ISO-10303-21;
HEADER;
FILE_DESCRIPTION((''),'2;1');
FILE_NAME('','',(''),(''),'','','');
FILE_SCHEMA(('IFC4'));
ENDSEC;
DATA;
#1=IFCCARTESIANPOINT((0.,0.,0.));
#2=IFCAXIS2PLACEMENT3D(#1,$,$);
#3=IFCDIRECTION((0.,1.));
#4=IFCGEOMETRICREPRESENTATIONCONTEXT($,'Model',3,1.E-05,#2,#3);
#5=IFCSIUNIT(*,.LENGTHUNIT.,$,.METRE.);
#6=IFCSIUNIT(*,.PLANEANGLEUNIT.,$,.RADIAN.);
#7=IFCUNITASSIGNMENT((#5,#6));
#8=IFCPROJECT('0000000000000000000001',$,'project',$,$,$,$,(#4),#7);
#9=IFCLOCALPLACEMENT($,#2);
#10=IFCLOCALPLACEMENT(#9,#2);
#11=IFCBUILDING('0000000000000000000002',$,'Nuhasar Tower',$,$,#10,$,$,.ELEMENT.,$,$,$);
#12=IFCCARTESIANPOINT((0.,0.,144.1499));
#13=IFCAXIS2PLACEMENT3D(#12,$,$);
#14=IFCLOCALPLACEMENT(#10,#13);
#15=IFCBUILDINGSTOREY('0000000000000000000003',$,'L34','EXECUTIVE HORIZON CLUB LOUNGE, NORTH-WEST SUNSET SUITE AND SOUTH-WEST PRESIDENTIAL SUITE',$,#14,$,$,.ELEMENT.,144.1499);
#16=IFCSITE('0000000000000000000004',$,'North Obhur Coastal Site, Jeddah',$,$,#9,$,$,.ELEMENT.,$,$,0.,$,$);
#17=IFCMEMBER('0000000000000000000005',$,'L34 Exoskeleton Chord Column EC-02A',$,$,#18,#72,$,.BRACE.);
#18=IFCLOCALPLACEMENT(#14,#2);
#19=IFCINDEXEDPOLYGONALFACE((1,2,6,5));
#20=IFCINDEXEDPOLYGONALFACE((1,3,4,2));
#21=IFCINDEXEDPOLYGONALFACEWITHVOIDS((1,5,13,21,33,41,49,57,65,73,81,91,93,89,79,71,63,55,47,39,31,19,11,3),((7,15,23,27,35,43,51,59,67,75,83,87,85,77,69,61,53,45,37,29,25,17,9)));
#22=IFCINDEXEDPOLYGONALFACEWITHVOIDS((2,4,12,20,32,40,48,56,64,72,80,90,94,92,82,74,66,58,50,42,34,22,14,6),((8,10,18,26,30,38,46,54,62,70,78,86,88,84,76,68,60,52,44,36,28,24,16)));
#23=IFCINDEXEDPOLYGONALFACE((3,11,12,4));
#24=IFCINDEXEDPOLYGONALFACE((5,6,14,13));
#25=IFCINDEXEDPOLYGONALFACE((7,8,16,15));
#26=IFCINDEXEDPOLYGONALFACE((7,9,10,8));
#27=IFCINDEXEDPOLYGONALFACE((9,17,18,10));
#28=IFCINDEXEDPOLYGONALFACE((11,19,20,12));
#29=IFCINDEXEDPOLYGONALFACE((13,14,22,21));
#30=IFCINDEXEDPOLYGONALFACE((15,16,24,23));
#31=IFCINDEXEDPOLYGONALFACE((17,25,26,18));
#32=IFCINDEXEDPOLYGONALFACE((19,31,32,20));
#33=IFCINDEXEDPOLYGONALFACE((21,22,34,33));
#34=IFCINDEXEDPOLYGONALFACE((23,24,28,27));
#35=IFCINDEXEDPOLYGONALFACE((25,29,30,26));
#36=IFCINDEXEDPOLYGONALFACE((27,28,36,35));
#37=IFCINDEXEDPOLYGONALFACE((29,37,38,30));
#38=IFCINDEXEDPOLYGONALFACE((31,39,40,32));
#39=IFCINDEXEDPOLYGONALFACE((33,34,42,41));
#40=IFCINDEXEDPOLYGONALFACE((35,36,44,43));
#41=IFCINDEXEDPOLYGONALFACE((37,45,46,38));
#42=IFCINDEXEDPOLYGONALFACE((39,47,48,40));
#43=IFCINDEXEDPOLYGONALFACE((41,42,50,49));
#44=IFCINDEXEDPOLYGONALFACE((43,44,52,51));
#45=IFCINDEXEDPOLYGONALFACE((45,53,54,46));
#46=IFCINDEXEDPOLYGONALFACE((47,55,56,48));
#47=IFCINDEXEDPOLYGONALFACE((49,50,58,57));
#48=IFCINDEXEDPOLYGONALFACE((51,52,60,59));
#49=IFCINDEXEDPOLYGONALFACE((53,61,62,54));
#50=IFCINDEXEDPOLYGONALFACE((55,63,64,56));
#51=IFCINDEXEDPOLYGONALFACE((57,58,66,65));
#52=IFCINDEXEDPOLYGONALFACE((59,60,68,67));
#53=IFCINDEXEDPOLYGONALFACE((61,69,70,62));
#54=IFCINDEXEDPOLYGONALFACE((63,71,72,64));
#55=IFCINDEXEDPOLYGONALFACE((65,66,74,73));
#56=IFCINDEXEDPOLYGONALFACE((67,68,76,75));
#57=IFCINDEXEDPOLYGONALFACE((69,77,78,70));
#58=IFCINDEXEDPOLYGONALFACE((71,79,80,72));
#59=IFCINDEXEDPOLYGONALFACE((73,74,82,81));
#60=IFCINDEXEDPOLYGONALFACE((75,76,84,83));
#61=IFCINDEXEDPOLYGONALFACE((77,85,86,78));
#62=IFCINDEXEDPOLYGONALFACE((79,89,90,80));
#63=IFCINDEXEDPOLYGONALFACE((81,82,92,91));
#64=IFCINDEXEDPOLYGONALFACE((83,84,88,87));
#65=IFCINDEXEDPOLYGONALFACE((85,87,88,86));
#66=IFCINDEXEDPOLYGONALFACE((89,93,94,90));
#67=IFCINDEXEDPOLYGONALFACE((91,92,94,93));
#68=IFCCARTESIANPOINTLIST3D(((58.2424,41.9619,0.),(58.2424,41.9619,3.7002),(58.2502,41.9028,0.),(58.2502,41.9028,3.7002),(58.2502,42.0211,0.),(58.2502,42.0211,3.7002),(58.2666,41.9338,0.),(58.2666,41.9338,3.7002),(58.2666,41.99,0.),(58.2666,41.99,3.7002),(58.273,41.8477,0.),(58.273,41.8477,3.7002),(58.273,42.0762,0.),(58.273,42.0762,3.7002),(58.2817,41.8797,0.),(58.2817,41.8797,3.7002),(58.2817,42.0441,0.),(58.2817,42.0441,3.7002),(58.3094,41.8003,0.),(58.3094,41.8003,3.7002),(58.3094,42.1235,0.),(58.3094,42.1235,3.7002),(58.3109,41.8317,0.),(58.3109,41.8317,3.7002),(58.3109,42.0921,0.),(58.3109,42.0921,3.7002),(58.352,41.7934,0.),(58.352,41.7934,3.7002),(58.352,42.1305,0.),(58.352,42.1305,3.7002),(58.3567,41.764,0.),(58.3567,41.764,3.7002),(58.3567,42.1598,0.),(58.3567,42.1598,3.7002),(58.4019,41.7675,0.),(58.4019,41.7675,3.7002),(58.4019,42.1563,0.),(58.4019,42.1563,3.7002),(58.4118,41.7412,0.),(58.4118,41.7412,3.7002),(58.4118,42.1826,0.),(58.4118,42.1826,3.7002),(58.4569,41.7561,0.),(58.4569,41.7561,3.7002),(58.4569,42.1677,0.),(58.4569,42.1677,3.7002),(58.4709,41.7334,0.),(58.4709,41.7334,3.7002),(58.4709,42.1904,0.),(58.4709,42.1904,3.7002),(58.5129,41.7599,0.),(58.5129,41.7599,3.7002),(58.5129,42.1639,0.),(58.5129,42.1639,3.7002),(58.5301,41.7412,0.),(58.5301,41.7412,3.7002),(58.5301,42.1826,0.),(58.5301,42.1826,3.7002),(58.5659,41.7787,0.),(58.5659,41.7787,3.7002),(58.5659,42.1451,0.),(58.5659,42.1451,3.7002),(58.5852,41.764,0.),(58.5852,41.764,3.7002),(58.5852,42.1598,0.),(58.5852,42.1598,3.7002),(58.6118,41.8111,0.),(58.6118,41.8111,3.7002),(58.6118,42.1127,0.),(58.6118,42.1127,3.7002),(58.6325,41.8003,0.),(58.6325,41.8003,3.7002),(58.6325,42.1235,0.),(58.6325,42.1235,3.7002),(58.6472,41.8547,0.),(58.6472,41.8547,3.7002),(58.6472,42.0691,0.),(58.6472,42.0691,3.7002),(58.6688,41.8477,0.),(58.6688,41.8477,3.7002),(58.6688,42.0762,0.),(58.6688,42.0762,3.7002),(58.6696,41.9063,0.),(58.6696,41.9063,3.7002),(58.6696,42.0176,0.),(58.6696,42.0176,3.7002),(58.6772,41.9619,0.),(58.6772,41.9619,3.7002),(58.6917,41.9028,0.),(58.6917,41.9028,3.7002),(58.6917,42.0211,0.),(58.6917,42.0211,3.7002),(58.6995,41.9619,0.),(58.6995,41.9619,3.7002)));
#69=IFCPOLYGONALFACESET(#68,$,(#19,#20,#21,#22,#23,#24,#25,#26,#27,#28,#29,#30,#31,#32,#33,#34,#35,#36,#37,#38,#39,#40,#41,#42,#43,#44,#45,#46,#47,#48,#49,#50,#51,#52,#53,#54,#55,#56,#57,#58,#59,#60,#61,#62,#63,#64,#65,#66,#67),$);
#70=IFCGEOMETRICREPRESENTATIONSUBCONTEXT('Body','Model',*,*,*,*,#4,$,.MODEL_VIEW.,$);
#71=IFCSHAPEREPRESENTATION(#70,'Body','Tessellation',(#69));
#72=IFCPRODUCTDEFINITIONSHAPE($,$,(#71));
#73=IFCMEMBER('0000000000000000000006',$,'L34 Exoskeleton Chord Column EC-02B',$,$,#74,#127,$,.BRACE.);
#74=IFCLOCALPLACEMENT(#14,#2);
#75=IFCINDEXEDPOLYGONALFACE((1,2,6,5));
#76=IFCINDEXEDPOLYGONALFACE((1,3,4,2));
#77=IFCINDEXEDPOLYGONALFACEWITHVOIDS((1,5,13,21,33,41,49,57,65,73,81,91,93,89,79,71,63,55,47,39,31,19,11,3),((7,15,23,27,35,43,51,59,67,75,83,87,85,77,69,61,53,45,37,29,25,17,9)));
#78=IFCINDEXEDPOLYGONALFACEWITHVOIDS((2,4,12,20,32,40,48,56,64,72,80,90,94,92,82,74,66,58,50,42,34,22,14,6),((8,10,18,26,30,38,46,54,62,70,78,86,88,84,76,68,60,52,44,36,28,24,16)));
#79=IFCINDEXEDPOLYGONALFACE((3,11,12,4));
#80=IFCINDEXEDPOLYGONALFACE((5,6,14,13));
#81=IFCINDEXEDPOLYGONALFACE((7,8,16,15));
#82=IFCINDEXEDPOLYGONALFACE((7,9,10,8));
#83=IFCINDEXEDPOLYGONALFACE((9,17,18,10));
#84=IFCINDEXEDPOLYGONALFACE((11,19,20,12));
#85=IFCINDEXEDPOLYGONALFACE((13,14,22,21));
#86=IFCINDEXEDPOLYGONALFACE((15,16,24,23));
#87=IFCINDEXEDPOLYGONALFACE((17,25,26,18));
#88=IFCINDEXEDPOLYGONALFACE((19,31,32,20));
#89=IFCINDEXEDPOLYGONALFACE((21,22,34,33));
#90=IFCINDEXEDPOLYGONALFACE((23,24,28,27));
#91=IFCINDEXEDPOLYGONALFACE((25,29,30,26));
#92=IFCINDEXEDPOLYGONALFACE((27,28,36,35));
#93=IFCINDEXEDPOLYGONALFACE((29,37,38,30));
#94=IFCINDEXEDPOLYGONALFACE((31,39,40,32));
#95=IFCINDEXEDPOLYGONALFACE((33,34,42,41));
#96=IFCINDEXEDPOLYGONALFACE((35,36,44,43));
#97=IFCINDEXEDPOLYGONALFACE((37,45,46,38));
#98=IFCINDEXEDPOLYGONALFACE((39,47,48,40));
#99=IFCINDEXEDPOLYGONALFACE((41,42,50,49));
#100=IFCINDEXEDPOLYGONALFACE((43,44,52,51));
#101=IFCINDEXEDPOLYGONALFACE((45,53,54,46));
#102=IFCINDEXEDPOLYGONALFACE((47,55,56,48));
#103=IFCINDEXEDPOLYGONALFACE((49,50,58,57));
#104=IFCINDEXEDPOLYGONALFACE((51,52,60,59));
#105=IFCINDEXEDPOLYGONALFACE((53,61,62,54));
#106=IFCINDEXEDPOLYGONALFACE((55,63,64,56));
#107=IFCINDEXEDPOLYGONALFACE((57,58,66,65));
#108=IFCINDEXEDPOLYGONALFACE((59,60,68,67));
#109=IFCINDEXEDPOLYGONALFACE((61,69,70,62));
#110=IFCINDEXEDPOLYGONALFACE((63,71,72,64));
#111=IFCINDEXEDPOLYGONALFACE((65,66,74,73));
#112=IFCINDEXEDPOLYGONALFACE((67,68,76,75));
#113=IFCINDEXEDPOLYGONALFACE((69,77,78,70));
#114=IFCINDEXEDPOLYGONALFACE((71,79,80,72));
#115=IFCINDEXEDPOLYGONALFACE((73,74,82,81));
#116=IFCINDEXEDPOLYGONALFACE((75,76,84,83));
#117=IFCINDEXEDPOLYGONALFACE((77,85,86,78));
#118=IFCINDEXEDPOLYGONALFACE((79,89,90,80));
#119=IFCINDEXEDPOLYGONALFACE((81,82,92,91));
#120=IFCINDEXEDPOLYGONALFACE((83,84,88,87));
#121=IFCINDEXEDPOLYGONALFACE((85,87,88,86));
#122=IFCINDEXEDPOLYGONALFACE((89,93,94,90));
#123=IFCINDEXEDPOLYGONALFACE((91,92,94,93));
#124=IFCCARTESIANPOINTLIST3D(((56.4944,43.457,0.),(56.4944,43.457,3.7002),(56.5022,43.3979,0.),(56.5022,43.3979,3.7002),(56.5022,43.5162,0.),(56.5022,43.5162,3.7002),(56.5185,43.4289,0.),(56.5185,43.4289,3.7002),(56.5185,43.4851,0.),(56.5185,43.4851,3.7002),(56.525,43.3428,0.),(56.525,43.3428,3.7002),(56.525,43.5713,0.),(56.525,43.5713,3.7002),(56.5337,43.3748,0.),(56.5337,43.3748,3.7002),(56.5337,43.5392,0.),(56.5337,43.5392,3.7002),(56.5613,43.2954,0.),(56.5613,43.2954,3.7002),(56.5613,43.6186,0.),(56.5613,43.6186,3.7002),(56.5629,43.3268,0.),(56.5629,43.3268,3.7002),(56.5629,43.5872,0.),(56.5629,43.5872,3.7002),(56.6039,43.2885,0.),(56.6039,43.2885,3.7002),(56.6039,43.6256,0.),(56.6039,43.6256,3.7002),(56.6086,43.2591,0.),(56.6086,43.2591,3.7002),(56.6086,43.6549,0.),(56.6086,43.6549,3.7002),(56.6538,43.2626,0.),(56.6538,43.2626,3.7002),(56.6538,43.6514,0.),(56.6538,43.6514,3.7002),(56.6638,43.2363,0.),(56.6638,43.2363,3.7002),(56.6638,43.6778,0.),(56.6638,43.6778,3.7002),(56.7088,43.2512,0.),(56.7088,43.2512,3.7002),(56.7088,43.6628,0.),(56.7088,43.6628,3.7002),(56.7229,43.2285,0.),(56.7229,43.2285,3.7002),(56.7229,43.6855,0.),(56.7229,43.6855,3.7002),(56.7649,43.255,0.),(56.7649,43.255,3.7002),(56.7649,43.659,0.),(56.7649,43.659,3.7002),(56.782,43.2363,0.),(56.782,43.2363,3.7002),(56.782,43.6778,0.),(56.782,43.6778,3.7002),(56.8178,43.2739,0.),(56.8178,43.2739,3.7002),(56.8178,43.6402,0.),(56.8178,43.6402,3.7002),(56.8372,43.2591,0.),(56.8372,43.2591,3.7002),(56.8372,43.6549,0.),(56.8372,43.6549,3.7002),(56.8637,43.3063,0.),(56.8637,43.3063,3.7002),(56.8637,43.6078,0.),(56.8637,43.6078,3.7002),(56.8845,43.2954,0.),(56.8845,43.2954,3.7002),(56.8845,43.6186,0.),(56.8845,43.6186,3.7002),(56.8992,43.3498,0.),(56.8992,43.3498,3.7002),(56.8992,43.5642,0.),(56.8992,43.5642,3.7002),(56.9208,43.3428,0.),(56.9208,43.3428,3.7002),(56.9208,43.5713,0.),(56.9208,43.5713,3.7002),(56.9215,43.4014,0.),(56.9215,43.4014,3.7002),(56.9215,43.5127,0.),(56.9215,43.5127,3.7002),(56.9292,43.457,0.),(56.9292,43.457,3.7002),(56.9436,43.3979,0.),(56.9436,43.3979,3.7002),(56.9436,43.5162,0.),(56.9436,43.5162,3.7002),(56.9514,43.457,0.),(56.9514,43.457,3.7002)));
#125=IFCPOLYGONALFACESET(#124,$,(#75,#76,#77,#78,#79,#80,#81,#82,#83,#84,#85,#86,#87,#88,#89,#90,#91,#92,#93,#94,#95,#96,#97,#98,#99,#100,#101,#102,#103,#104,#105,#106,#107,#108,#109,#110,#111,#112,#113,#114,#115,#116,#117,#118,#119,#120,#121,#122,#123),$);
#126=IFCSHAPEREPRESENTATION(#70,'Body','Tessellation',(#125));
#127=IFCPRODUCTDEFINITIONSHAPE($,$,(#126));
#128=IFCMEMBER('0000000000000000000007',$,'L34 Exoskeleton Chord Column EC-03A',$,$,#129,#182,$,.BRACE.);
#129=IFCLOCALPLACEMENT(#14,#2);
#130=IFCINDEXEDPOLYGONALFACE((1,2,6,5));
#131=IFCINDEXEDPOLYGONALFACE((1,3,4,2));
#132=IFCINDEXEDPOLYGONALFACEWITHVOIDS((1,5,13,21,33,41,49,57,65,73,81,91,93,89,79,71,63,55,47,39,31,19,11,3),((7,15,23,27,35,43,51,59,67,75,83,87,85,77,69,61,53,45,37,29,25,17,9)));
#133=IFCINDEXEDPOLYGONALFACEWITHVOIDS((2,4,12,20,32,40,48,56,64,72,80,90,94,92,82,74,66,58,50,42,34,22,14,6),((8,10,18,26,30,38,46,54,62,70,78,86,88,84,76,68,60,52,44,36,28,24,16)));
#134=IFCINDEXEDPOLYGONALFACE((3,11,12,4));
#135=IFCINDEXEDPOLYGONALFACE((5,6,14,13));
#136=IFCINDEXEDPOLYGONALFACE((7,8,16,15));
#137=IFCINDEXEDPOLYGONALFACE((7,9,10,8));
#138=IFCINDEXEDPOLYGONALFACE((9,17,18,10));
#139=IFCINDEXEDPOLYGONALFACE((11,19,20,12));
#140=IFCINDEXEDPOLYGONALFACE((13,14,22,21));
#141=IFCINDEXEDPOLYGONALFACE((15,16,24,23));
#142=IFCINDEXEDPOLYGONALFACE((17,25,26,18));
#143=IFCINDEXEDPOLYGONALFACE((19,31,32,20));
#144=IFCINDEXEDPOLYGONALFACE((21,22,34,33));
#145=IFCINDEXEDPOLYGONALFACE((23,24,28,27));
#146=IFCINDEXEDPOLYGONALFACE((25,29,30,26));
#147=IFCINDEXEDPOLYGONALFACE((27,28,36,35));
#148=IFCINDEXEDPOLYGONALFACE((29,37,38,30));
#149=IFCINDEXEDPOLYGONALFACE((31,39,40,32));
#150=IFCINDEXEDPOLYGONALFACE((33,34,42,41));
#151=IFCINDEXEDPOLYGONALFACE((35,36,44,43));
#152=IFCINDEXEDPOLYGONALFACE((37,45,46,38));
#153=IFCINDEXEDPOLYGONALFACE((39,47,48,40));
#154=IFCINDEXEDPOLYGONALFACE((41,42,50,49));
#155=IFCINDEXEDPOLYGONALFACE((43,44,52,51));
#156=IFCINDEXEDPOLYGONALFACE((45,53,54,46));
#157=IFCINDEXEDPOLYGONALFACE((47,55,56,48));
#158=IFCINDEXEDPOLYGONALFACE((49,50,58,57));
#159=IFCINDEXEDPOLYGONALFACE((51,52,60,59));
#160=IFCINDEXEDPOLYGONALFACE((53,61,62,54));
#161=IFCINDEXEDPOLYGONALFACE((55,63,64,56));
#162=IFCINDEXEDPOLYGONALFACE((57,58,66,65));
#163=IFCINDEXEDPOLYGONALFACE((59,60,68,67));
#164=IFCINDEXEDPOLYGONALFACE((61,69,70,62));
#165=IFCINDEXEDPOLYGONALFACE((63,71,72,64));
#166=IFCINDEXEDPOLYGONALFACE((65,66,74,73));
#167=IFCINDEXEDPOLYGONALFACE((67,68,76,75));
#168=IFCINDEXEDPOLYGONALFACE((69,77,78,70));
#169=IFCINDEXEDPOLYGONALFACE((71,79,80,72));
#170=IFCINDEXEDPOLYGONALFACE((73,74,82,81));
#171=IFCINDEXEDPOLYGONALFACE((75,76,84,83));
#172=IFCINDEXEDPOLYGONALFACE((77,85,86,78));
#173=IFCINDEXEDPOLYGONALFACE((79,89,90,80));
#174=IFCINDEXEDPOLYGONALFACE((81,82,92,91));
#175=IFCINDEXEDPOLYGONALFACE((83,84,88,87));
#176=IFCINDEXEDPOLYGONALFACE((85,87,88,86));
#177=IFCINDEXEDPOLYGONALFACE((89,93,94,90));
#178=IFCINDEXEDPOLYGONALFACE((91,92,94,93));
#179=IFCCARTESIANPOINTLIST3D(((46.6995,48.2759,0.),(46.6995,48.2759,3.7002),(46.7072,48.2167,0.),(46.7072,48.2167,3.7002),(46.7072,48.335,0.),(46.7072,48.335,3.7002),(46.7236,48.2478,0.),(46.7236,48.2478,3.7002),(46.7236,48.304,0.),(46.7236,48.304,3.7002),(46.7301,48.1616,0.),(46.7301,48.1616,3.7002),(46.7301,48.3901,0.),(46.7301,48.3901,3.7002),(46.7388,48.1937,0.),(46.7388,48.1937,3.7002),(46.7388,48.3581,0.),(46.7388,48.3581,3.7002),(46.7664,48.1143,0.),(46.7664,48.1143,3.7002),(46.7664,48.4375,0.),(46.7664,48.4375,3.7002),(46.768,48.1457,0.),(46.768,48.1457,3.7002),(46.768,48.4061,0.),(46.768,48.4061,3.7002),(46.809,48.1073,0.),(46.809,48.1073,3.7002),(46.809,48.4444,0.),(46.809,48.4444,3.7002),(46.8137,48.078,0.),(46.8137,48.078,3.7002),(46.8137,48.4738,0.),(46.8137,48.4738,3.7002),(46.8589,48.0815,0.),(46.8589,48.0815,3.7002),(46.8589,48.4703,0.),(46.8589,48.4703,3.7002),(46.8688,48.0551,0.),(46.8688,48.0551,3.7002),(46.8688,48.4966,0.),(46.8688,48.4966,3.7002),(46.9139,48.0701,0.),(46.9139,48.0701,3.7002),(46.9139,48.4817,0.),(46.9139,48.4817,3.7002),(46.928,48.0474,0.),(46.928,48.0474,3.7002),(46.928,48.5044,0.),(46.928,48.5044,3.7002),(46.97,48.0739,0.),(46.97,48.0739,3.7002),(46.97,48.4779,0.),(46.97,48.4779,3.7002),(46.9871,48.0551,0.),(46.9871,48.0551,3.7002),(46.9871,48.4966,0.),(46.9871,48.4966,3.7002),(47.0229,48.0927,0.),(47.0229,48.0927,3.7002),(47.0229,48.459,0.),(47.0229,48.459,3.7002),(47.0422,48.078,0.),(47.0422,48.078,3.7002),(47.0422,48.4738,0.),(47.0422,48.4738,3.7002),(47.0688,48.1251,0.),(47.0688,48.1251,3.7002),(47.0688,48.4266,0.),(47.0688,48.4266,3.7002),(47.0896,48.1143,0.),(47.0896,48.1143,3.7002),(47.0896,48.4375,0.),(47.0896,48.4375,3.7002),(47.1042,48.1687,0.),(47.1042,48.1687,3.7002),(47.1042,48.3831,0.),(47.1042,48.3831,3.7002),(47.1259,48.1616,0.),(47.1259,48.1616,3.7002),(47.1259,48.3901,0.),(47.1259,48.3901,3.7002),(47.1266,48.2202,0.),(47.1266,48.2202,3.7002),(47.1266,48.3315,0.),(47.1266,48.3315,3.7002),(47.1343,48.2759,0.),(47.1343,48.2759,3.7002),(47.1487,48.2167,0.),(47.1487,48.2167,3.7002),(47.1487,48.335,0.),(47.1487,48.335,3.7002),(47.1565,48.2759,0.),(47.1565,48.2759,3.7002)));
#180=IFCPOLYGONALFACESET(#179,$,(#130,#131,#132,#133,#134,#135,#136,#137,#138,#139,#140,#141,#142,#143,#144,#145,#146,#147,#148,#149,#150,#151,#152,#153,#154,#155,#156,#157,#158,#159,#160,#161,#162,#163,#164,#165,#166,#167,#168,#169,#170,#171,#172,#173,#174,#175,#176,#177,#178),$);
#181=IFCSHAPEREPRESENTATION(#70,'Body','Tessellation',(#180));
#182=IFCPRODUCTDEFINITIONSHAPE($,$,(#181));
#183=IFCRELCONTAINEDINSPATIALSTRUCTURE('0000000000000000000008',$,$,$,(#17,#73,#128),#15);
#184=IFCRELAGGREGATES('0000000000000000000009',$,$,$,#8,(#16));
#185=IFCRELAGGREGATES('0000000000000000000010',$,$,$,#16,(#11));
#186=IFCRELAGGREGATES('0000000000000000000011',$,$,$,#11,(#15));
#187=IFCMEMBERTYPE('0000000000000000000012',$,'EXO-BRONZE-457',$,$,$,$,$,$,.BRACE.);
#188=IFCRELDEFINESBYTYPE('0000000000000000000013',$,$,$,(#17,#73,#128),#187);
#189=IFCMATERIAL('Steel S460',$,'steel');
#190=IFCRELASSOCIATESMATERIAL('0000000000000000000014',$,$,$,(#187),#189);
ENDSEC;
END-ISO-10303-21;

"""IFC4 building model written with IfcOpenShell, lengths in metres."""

from ifc_helpers import new_model, si_unit, direction, frame, origin, origin_2d, place, context, subcontext, project, spatial, hollow_circle, extrude, material, material_profile, profile_set, type_object, element, save


model = new_model("IFC4")

# Units and contexts
model_context = context("Model", 3, precision=1e-05, world=origin(), true_north=direction((0.0, 1.0)))
body_context = subcontext(model_context, "Body", "Model", "MODEL_VIEW")
ifc_project = project(units=[si_unit("LENGTHUNIT", "METRE"), si_unit("PLANEANGLEUNIT", "RADIAN")], contexts=[model_context])

# Site, building, storey
site_placement = place(None, origin())
site = spatial("IfcSite", under=ifc_project, at=site_placement, Name="North Obhur Coastal Site, Jeddah", CompositionType="ELEMENT", RefElevation=0.0)
building_placement = place(site_placement, origin())
building = spatial("IfcBuilding", under=site, at=building_placement, Name="Nuhasar Tower", CompositionType="ELEMENT")
storey_placement = place(building_placement, frame((0.0, 0.0, 144.1499)))
storey = spatial("IfcBuildingStorey", under=building, at=storey_placement, Name="L34", Description="EXECUTIVE HORIZON CLUB LOUNGE, NORTH-WEST SUNSET SUITE AND SOUTH-WEST PRESIDENTIAL SUITE", CompositionType="ELEMENT", Elevation=144.1499)

# Members
ifc_material_1 = material(Name="Steel S460", Category="steel")
ifc_material_profile_1 = material_profile(ifc_material_1, hollow_circle(Radius=0.2285, WallThickness=0.0222, at=origin_2d()), Name="HSS457X22.2")
ifc_profile_set_1 = profile_set([ifc_material_profile_1], Name="Steel S460")
member_type_1 = type_object("IfcMemberType", Name="EXO-BRONZE-457", PredefinedType="BRACE", material=ifc_profile_set_1)
for number, where, z_axis, x_axis, name in (
    (1, (58.4709, 41.9619, 0.0), (0.0, 0.0, 1.0), (1.0, 0.0, 0.0), "L34 Exoskeleton Chord Column EC-02A"),
    (2, (56.7229, 43.457, 0.0), (0.0, 0.0, 1.0), (1.0, 0.0, 0.0), "L34 Exoskeleton Chord Column EC-02B"),
    (3, (46.928, 48.2759, 0.0), (0.0, 0.0, 1.0), (1.0, 0.0, 0.0), "L34 Exoskeleton Chord Column EC-03A"),
):
    element("IfcMember", number, at=place(storey_placement, frame(where, z_axis=z_axis, x_axis=x_axis)), inside=storey, type_object=member_type_1, Name=name, PredefinedType="BRACE", context=body_context, shape_type="SweptSolid", body=[
        extrude(hollow_circle(Radius=0.2285, WallThickness=0.0222, at=origin_2d()), origin(), (0.0, 0.0, 1.0), 3.7002),
    ])

save(model, "model.ifc")
